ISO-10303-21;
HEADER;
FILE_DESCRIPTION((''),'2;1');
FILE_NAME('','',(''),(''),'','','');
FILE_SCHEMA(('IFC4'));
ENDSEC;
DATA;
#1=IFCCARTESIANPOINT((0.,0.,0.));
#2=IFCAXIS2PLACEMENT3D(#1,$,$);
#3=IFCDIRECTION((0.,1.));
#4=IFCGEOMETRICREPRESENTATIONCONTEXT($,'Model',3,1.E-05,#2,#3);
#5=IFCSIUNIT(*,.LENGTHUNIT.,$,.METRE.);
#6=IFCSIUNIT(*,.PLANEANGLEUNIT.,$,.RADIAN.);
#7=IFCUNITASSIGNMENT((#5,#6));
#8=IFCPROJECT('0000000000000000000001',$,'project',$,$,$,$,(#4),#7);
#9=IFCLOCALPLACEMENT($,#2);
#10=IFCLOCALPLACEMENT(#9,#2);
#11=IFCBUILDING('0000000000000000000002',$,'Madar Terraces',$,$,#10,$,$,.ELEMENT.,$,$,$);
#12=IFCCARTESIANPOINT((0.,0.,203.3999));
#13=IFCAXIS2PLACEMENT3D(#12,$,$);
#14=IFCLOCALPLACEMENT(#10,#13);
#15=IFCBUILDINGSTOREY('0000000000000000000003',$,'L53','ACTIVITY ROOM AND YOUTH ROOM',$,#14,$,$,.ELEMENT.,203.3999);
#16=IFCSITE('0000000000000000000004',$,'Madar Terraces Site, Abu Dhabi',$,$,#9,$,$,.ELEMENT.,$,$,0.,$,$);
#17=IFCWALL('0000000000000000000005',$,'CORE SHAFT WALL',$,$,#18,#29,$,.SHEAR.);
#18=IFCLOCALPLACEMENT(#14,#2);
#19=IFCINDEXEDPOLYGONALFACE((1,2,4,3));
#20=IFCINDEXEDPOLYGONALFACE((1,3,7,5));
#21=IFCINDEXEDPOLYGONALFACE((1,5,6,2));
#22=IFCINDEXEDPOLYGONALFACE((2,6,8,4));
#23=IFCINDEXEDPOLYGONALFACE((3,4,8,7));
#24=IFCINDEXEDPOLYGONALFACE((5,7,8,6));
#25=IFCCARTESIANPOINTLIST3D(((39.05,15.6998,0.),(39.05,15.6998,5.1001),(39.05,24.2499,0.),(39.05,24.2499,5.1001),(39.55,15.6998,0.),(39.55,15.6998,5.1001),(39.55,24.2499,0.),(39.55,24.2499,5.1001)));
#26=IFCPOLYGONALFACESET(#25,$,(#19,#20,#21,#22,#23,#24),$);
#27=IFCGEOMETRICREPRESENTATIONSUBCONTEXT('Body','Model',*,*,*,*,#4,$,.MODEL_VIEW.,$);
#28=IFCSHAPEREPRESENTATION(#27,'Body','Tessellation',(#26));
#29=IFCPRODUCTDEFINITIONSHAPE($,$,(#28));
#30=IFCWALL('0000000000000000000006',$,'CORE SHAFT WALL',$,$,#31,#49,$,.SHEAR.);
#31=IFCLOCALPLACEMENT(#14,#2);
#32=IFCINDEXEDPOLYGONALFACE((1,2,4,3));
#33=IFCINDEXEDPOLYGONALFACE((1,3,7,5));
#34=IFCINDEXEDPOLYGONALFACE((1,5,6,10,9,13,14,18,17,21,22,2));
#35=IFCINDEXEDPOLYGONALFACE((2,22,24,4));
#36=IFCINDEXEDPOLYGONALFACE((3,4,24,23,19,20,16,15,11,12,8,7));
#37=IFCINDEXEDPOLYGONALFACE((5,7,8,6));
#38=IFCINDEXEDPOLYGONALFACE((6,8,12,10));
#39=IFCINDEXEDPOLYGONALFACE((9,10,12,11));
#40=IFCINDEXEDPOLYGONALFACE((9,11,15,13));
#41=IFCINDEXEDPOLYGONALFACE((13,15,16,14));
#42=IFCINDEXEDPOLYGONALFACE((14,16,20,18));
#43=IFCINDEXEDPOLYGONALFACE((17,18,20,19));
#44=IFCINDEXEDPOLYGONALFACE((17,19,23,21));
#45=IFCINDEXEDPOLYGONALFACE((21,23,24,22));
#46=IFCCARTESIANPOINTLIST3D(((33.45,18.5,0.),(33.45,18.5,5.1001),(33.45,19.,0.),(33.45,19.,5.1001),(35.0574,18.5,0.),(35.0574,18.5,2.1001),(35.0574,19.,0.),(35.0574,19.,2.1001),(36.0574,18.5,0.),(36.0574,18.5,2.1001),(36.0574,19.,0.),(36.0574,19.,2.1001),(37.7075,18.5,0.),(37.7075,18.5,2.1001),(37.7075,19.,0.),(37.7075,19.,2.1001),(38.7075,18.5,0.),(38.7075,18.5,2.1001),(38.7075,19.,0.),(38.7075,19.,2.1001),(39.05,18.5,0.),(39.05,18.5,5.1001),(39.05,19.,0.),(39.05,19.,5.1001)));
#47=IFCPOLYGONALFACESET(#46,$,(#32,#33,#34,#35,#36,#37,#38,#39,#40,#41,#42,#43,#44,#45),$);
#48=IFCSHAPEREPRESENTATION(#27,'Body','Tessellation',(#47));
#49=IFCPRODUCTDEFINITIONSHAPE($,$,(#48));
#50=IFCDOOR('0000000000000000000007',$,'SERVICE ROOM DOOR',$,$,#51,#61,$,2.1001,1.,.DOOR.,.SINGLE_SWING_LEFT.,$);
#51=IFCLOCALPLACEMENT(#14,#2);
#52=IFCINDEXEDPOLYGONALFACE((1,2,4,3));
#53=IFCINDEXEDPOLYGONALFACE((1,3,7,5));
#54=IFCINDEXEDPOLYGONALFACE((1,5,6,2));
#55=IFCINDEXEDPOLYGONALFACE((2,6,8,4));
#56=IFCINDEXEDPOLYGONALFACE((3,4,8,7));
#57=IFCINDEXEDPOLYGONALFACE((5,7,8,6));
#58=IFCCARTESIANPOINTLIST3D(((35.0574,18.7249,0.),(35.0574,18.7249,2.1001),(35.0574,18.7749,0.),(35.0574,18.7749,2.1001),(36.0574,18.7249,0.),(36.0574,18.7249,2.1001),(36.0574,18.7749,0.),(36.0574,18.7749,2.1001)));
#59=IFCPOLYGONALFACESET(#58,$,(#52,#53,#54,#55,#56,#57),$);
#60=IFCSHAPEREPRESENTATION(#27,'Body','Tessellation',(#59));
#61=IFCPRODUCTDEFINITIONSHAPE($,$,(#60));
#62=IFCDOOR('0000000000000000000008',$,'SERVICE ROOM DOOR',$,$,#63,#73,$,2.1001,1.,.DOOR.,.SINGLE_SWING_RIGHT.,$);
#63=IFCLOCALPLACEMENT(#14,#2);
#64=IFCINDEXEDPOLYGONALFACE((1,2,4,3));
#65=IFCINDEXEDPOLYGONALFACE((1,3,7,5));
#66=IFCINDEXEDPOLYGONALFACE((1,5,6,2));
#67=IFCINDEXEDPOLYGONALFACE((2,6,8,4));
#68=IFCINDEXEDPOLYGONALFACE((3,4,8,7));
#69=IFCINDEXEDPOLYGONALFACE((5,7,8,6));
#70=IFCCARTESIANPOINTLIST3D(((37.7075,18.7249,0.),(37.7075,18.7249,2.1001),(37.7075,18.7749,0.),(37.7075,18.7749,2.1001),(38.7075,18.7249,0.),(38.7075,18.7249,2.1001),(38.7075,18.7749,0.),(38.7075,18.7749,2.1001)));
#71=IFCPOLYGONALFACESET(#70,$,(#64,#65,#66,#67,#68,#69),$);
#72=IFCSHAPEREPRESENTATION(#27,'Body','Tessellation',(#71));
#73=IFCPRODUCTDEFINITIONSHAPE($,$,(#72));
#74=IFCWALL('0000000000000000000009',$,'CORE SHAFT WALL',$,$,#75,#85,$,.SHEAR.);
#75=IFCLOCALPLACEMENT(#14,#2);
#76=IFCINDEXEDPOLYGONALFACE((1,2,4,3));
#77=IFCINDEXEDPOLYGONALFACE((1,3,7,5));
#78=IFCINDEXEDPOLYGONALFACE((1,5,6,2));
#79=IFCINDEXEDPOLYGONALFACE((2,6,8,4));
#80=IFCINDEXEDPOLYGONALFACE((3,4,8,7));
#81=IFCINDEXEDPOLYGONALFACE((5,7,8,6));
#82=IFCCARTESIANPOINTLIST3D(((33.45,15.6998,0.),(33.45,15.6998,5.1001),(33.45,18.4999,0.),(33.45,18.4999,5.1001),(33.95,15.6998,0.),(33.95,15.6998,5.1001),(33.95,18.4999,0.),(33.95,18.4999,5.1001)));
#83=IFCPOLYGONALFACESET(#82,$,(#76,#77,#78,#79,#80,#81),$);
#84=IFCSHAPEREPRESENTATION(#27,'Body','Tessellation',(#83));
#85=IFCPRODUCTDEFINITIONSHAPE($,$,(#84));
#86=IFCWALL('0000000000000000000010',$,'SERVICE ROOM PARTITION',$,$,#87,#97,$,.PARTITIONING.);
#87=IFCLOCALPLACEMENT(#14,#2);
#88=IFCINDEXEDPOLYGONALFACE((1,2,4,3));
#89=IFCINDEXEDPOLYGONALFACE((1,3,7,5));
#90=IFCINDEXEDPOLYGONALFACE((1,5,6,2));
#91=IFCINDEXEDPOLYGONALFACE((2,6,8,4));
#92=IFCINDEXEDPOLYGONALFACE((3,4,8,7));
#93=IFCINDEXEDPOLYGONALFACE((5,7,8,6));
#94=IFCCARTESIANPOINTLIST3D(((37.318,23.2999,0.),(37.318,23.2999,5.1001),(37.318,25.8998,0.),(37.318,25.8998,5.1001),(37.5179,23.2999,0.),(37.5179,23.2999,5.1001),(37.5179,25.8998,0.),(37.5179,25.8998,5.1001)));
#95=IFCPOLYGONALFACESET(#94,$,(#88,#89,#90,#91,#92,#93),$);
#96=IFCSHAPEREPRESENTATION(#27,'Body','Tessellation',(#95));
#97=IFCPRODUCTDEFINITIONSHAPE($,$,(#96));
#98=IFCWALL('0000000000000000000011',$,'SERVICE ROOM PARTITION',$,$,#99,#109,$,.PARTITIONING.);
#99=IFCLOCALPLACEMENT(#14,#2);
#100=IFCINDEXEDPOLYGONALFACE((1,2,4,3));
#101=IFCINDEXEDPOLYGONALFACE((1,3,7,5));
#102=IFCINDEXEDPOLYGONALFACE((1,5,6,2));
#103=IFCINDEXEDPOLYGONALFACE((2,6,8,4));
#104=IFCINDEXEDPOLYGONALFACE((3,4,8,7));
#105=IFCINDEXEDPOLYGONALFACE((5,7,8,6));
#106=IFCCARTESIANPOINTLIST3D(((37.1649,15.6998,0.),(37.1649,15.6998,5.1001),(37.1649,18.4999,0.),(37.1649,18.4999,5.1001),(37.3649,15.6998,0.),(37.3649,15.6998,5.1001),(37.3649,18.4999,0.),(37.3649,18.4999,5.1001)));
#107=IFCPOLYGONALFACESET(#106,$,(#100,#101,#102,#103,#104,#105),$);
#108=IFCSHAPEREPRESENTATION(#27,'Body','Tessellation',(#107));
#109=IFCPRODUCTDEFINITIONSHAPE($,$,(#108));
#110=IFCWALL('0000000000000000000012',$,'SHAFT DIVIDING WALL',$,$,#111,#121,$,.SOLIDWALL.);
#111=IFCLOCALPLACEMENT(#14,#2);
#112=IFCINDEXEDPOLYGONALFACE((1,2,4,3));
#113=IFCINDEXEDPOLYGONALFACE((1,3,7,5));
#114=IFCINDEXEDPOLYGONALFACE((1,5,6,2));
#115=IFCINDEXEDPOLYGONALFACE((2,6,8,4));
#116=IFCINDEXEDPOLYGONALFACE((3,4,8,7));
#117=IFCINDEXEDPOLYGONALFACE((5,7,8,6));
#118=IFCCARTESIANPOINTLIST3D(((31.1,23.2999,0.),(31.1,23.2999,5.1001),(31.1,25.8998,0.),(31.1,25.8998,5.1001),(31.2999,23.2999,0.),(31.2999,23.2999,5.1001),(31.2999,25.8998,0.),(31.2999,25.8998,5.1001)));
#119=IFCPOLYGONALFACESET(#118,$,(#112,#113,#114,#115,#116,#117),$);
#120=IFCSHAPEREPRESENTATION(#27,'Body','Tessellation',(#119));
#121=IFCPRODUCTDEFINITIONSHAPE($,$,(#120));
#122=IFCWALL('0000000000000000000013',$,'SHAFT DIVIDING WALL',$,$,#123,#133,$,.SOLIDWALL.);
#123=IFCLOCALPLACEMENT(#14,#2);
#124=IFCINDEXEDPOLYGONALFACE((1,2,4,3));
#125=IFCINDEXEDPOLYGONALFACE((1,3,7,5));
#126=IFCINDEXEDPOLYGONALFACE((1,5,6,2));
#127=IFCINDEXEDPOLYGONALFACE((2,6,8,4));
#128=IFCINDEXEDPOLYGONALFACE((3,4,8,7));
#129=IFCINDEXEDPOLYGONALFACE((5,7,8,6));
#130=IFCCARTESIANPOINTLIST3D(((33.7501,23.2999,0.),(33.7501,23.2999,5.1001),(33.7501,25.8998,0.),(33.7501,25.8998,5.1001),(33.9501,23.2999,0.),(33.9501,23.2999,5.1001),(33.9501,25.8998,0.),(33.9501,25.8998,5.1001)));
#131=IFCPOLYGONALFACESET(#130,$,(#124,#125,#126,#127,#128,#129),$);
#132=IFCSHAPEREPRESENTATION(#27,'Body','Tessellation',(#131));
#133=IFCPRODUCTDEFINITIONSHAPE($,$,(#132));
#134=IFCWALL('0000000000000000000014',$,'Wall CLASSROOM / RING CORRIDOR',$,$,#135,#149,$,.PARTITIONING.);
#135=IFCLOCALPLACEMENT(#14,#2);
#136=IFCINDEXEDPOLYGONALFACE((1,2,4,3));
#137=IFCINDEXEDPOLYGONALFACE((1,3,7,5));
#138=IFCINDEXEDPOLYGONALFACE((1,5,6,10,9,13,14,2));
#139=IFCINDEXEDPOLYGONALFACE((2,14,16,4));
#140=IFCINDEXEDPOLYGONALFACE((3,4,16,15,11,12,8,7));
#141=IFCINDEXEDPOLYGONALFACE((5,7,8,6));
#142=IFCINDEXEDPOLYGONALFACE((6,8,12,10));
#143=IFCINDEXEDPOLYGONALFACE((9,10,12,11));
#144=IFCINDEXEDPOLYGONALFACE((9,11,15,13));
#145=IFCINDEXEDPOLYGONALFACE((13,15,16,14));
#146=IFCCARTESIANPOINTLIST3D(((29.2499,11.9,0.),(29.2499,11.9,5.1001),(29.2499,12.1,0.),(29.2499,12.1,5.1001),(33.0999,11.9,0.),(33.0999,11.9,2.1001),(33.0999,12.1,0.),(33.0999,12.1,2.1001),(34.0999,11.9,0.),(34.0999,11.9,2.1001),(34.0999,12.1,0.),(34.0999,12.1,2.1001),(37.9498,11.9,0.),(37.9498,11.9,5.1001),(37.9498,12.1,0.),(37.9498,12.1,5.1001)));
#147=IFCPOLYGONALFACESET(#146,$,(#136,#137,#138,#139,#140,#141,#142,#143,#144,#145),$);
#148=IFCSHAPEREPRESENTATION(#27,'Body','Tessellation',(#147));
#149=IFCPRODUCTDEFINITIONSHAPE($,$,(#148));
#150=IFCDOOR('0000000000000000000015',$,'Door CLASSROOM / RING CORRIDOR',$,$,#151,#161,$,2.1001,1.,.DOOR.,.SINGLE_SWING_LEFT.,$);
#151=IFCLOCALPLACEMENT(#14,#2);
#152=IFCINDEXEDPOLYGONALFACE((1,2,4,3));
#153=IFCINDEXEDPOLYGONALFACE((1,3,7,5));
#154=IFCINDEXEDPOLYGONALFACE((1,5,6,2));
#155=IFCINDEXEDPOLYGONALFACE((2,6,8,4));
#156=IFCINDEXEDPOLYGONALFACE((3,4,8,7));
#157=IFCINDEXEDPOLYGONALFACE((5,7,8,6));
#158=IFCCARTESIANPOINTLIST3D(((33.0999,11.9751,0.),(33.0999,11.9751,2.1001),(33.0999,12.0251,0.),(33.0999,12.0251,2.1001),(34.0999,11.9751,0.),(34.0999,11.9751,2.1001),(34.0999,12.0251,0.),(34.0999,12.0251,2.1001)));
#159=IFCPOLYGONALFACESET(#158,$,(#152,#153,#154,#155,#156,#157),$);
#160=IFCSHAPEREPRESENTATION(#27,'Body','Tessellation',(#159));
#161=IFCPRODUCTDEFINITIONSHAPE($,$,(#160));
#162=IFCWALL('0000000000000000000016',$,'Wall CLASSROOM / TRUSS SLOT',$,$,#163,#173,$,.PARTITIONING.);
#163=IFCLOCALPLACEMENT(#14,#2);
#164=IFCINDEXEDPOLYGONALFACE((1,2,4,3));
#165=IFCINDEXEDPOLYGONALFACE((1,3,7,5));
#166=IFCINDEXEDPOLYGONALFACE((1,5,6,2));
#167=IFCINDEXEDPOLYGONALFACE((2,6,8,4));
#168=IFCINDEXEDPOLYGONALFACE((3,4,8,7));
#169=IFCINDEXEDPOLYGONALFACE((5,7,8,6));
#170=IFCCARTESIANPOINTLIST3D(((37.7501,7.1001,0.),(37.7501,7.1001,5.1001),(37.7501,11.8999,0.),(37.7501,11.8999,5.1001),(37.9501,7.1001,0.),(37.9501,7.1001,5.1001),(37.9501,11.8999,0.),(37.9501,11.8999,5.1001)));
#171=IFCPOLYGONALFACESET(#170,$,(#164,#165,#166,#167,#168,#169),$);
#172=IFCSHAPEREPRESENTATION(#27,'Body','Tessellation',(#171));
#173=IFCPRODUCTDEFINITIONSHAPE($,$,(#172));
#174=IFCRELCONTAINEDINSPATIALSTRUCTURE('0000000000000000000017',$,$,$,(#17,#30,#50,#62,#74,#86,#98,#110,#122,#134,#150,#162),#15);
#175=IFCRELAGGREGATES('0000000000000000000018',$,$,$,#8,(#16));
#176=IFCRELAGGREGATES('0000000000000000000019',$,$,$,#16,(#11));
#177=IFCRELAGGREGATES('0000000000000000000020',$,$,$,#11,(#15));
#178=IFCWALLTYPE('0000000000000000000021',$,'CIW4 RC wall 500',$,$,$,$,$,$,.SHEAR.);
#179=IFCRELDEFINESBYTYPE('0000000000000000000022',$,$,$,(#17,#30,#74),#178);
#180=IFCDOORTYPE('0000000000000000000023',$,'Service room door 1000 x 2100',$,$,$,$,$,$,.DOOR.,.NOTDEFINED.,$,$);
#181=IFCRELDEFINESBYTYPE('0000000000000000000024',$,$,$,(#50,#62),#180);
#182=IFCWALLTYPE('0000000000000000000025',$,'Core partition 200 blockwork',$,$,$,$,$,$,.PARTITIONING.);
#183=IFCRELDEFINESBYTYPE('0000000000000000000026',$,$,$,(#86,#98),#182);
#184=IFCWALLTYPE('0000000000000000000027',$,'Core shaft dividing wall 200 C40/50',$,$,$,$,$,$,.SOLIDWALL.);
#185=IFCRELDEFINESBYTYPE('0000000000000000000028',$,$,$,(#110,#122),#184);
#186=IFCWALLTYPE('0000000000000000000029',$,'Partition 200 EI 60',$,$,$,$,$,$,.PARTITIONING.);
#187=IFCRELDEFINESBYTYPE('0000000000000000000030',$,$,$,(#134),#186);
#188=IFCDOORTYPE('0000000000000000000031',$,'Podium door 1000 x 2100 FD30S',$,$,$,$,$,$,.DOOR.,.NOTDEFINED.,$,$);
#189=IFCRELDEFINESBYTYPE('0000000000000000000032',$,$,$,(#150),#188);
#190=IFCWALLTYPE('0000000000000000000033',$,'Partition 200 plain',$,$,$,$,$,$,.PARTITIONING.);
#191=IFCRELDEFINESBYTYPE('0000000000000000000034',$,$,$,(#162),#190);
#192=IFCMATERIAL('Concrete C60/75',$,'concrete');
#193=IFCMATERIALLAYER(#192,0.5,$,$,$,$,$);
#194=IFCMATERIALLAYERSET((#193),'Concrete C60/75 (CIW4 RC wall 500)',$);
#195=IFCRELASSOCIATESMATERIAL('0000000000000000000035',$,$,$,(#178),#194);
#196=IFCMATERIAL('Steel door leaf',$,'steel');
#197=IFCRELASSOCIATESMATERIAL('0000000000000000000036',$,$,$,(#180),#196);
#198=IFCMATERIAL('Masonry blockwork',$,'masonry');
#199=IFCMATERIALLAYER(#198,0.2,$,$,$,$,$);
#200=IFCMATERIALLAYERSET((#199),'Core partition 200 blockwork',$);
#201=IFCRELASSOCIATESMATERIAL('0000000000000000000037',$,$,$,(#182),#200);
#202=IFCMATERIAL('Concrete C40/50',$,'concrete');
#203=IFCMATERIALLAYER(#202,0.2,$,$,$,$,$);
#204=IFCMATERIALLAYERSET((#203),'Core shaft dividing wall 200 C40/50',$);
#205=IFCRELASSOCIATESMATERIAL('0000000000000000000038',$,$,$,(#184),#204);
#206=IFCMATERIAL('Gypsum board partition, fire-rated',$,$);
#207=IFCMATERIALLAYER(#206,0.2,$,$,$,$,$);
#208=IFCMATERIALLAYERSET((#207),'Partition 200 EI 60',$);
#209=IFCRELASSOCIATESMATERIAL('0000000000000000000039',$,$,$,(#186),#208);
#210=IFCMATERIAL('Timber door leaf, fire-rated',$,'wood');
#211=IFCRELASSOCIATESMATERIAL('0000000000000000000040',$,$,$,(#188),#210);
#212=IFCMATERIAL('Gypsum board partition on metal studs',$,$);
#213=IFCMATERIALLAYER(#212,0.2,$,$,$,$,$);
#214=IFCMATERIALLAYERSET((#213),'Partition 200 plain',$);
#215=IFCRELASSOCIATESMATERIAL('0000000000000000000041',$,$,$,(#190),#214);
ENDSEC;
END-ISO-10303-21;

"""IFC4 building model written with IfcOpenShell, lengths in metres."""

from ifc_helpers import new_model, si_unit, direction, frame, frame_2d, origin, place, context, subcontext, project, spatial, rectangle, extrude, material, layer, layer_set, type_object, element, fill, save


model = new_model("IFC4")

# Units and contexts
model_context = context("Model", 3, precision=1e-05, world=origin(), true_north=direction((0.0, 1.0)))
body_context = subcontext(model_context, "Body", "Model", "MODEL_VIEW")
ifc_project = project(units=[si_unit("LENGTHUNIT", "METRE"), si_unit("PLANEANGLEUNIT", "RADIAN")], contexts=[model_context])

# Site, building, storey
site_placement = place(None, origin())
site = spatial("IfcSite", under=ifc_project, at=site_placement, Name="Madar Terraces Site, Abu Dhabi", CompositionType="ELEMENT", RefElevation=0.0)
building_placement = place(site_placement, origin())
building = spatial("IfcBuilding", under=site, at=building_placement, Name="Madar Terraces", CompositionType="ELEMENT")
storey_placement = place(building_placement, frame((0.0, 0.0, 203.3999)))
storey = spatial("IfcBuildingStorey", under=building, at=storey_placement, Name="L53", Description="ACTIVITY ROOM AND YOUTH ROOM", CompositionType="ELEMENT", Elevation=203.3999)

# Wall
ifc_material_1 = material(Name="Concrete C60/75", Category="concrete")
ifc_layer_1 = layer(ifc_material_1, 0.5)
ifc_layer_set_1 = layer_set([ifc_layer_1], Name="Concrete C60/75 (CIW4 RC wall 500)")
wall_type_1 = type_object("IfcWallType", Name="CIW4 RC wall 500", PredefinedType="SHEAR", material=ifc_layer_set_1)
wall_1_placement = place(storey_placement, frame((39.3, 15.7, 0.0), z_axis=(0.0, 0.0, 1.0), x_axis=(0.0, 1.0, 0.0)))
element("IfcWall", 1, at=wall_1_placement, inside=storey, type_object=wall_type_1, Name="CORE SHAFT WALL", PredefinedType="SHEAR", context=body_context, shape_type="SweptSolid", body=[
    extrude(rectangle(XDim=8.55, YDim=0.5, at=frame_2d((4.2749, 0.0))), origin(), (0.0, 0.0, 1.0), 5.1001),
])

# Wall, openings, doors
wall_2_placement = place(storey_placement, frame((33.45, 18.75, 0.0), z_axis=(0.0, 0.0, 1.0), x_axis=(1.0, 0.0, 0.0)))
wall_2 = element("IfcWall", 2, at=wall_2_placement, inside=storey, type_object=wall_type_1, Name="CORE SHAFT WALL", PredefinedType="SHEAR", context=body_context, shape_type="SweptSolid", body=[
    extrude(rectangle(XDim=5.6001, YDim=0.5, at=frame_2d((2.8, 0.0))), origin(), (0.0, 0.0, 1.0), 5.1001),
])
opening_1_placement = place(wall_2_placement, frame((1.6074, 0.0, 0.0)))
opening_1 = element("IfcOpeningElement", 3, at=opening_1_placement, cuts=wall_2, PredefinedType="OPENING", context=body_context, shape_type="SweptSolid", body=[
    extrude(rectangle(XDim=1.0, YDim=2.1001, at=frame_2d((0.5, 1.05))), frame((0.0, 0.26, 0.0), z_axis=(0.0, -1.0, 0.0), x_axis=(1.0, 0.0, 0.0)), (0.0, 0.0, 1.0), 0.52),
])
opening_2_placement = place(wall_2_placement, frame((4.2576, 0.0, 0.0)))
opening_2 = element("IfcOpeningElement", 4, at=opening_2_placement, cuts=wall_2, PredefinedType="OPENING", context=body_context, shape_type="SweptSolid", body=[
    extrude(rectangle(XDim=1.0, YDim=2.1001, at=frame_2d((0.5, 1.05))), frame((0.0, 0.26, 0.0), z_axis=(0.0, -1.0, 0.0), x_axis=(1.0, 0.0, 0.0)), (0.0, 0.0, 1.0), 0.52),
])
ifc_material_2 = material(Name="Steel door leaf", Category="steel")
door_type_1 = type_object("IfcDoorType", Name="Service room door 1000 x 2100", OperationType="NOTDEFINED", PredefinedType="DOOR", material=ifc_material_2)
door_1_placement = place(opening_1_placement, origin())
door_1 = element("IfcDoor", 5, at=door_1_placement, inside=storey, type_object=door_type_1, Name="SERVICE ROOM DOOR", OperationType="SINGLE_SWING_LEFT", OverallHeight=2.1001, OverallWidth=1.0, PredefinedType="DOOR", context=body_context, shape_type="SweptSolid", body=[
    extrude(rectangle(XDim=1.0, YDim=2.1001, at=frame_2d((0.5, 1.05))), frame((0.0, 0.0249, 0.0), z_axis=(0.0, -1.0, 0.0), x_axis=(1.0, 0.0, 0.0)), (0.0, 0.0, 1.0), 0.05),
])
fill(opening_1, door_1)
door_2_placement = place(opening_2_placement, origin())
door_2 = element("IfcDoor", 6, at=door_2_placement, inside=storey, type_object=door_type_1, Name="SERVICE ROOM DOOR", OperationType="SINGLE_SWING_RIGHT", OverallHeight=2.1001, OverallWidth=1.0, PredefinedType="DOOR", context=body_context, shape_type="SweptSolid", body=[
    extrude(rectangle(XDim=1.0, YDim=2.1001, at=frame_2d((0.5, 1.05))), frame((0.0, 0.0249, 0.0), z_axis=(0.0, -1.0, 0.0), x_axis=(1.0, 0.0, 0.0)), (0.0, 0.0, 1.0), 0.05),
])
fill(opening_2, door_2)

# Walls
wall_3_placement = place(storey_placement, frame((33.7, 15.7, 0.0), z_axis=(0.0, 0.0, 1.0), x_axis=(0.0, 1.0, 0.0)))
element("IfcWall", 7, at=wall_3_placement, inside=storey, type_object=wall_type_1, Name="CORE SHAFT WALL", PredefinedType="SHEAR", context=body_context, shape_type="SweptSolid", body=[
    extrude(rectangle(XDim=2.8, YDim=0.5, at=frame_2d((1.3999, 0.0))), origin(), (0.0, 0.0, 1.0), 5.1001),
])
ifc_material_3 = material(Name="Masonry blockwork", Category="masonry")
ifc_layer_2 = layer(ifc_material_3, 0.2)
ifc_layer_set_2 = layer_set([ifc_layer_2], Name="Core partition 200 blockwork")
wall_type_2 = type_object("IfcWallType", Name="Core partition 200 blockwork", PredefinedType="PARTITIONING", material=ifc_layer_set_2)
wall_4_placement = place(storey_placement, frame((37.418, 23.3, 0.0), z_axis=(0.0, 0.0, 1.0), x_axis=(0.0, 1.0, 0.0)))
element("IfcWall", 8, at=wall_4_placement, inside=storey, type_object=wall_type_2, Name="SERVICE ROOM PARTITION", PredefinedType="PARTITIONING", context=body_context, shape_type="SweptSolid", body=[
    extrude(rectangle(XDim=2.5999, YDim=0.2, at=frame_2d((1.2998, 0.0))), origin(), (0.0, 0.0, 1.0), 5.1001),
])
wall_5_placement = place(storey_placement, frame((37.2649, 15.7, 0.0), z_axis=(0.0, 0.0, 1.0), x_axis=(0.0, 1.0, 0.0)))
element("IfcWall", 9, at=wall_5_placement, inside=storey, type_object=wall_type_2, Name="SERVICE ROOM PARTITION", PredefinedType="PARTITIONING", context=body_context, shape_type="SweptSolid", body=[
    extrude(rectangle(XDim=2.8, YDim=0.2, at=frame_2d((1.3999, 0.0))), origin(), (0.0, 0.0, 1.0), 5.1001),
])
ifc_material_4 = material(Name="Concrete C40/50", Category="concrete")
ifc_layer_3 = layer(ifc_material_4, 0.2)
ifc_layer_set_3 = layer_set([ifc_layer_3], Name="Core shaft dividing wall 200 C40/50")
wall_type_3 = type_object("IfcWallType", Name="Core shaft dividing wall 200 C40/50", PredefinedType="SOLIDWALL", material=ifc_layer_set_3)
for number, where, z_axis, x_axis, name in (
    (10, (31.2, 23.3, 0.0), (0.0, 0.0, 1.0), (0.0, 1.0, 0.0), "SHAFT DIVIDING WALL"),
    (11, (33.8501, 23.3, 0.0), (0.0, 0.0, 1.0), (0.0, 1.0, 0.0), "SHAFT DIVIDING WALL"),
):
    element("IfcWall", number, at=place(storey_placement, frame(where, z_axis=z_axis, x_axis=x_axis)), inside=storey, type_object=wall_type_3, Name=name, PredefinedType="SOLIDWALL", context=body_context, shape_type="SweptSolid", body=[
        extrude(rectangle(XDim=2.5999, YDim=0.2, at=frame_2d((1.2998, 0.0))), origin(), (0.0, 0.0, 1.0), 5.1001),
    ])

# Wall, opening, door
ifc_material_5 = material(Name="Gypsum board partition, fire-rated")
ifc_layer_4 = layer(ifc_material_5, 0.2)
ifc_layer_set_4 = layer_set([ifc_layer_4], Name="Partition 200 EI 60")
wall_type_4 = type_object("IfcWallType", Name="Partition 200 EI 60", PredefinedType="PARTITIONING", material=ifc_layer_set_4)
wall_6_placement = place(storey_placement, frame((37.95, 12.0, 0.0), z_axis=(0.0, 0.0, 1.0), x_axis=(-1.0, 0.0, 0.0)))
wall_6 = element("IfcWall", 12, at=wall_6_placement, inside=storey, type_object=wall_type_4, Name="Wall CLASSROOM / RING CORRIDOR", PredefinedType="PARTITIONING", context=body_context, shape_type="SweptSolid", body=[
    extrude(rectangle(XDim=8.7, YDim=0.2, at=frame_2d((4.3501, 0.0))), origin(), (0.0, 0.0, 1.0), 5.1001),
])
opening_3_placement = place(wall_6_placement, frame((3.8501, 0.0, 0.0)))
opening_3 = element("IfcOpeningElement", 13, at=opening_3_placement, cuts=wall_6, PredefinedType="OPENING", context=body_context, shape_type="SweptSolid", body=[
    extrude(rectangle(XDim=1.0, YDim=2.1001, at=frame_2d((0.5, 1.05))), frame((0.0, 0.1099, 0.0), z_axis=(0.0, -1.0, 0.0), x_axis=(1.0, 0.0, 0.0)), (0.0, 0.0, 1.0), 0.22),
])
ifc_material_6 = material(Name="Timber door leaf, fire-rated", Category="wood")
door_type_2 = type_object("IfcDoorType", Name="Podium door 1000 x 2100 FD30S", OperationType="NOTDEFINED", PredefinedType="DOOR", material=ifc_material_6)
door_3_placement = place(opening_3_placement, origin())
door_3 = element("IfcDoor", 14, at=door_3_placement, inside=storey, type_object=door_type_2, Name="Door CLASSROOM / RING CORRIDOR", OperationType="SINGLE_SWING_LEFT", OverallHeight=2.1001, OverallWidth=1.0, PredefinedType="DOOR", context=body_context, shape_type="SweptSolid", body=[
    extrude(rectangle(XDim=1.0, YDim=2.1001, at=frame_2d((0.5, 1.05))), frame((0.0, 0.0249, 0.0), z_axis=(0.0, -1.0, 0.0), x_axis=(1.0, 0.0, 0.0)), (0.0, 0.0, 1.0), 0.05),
])
fill(opening_3, door_3)

# Wall
ifc_material_7 = material(Name="Gypsum board partition on metal studs")
ifc_layer_5 = layer(ifc_material_7, 0.2)
ifc_layer_set_5 = layer_set([ifc_layer_5], Name="Partition 200 plain")
wall_type_5 = type_object("IfcWallType", Name="Partition 200 plain", PredefinedType="PARTITIONING", material=ifc_layer_set_5)
for number, where, z_axis, x_axis, name in (
    (15, (37.8501, 7.1001, 0.0), (0.0, 0.0, 1.0), (0.0, 1.0, 0.0), "Wall CLASSROOM / TRUSS SLOT"),
):
    element("IfcWall", number, at=place(storey_placement, frame(where, z_axis=z_axis, x_axis=x_axis)), inside=storey, type_object=wall_type_5, Name=name, PredefinedType="PARTITIONING", context=body_context, shape_type="SweptSolid", body=[
        extrude(rectangle(XDim=4.7998, YDim=0.2, at=frame_2d((2.3999, 0.0))), origin(), (0.0, 0.0, 1.0), 5.1001),
    ])

save(model, "model.ifc")
